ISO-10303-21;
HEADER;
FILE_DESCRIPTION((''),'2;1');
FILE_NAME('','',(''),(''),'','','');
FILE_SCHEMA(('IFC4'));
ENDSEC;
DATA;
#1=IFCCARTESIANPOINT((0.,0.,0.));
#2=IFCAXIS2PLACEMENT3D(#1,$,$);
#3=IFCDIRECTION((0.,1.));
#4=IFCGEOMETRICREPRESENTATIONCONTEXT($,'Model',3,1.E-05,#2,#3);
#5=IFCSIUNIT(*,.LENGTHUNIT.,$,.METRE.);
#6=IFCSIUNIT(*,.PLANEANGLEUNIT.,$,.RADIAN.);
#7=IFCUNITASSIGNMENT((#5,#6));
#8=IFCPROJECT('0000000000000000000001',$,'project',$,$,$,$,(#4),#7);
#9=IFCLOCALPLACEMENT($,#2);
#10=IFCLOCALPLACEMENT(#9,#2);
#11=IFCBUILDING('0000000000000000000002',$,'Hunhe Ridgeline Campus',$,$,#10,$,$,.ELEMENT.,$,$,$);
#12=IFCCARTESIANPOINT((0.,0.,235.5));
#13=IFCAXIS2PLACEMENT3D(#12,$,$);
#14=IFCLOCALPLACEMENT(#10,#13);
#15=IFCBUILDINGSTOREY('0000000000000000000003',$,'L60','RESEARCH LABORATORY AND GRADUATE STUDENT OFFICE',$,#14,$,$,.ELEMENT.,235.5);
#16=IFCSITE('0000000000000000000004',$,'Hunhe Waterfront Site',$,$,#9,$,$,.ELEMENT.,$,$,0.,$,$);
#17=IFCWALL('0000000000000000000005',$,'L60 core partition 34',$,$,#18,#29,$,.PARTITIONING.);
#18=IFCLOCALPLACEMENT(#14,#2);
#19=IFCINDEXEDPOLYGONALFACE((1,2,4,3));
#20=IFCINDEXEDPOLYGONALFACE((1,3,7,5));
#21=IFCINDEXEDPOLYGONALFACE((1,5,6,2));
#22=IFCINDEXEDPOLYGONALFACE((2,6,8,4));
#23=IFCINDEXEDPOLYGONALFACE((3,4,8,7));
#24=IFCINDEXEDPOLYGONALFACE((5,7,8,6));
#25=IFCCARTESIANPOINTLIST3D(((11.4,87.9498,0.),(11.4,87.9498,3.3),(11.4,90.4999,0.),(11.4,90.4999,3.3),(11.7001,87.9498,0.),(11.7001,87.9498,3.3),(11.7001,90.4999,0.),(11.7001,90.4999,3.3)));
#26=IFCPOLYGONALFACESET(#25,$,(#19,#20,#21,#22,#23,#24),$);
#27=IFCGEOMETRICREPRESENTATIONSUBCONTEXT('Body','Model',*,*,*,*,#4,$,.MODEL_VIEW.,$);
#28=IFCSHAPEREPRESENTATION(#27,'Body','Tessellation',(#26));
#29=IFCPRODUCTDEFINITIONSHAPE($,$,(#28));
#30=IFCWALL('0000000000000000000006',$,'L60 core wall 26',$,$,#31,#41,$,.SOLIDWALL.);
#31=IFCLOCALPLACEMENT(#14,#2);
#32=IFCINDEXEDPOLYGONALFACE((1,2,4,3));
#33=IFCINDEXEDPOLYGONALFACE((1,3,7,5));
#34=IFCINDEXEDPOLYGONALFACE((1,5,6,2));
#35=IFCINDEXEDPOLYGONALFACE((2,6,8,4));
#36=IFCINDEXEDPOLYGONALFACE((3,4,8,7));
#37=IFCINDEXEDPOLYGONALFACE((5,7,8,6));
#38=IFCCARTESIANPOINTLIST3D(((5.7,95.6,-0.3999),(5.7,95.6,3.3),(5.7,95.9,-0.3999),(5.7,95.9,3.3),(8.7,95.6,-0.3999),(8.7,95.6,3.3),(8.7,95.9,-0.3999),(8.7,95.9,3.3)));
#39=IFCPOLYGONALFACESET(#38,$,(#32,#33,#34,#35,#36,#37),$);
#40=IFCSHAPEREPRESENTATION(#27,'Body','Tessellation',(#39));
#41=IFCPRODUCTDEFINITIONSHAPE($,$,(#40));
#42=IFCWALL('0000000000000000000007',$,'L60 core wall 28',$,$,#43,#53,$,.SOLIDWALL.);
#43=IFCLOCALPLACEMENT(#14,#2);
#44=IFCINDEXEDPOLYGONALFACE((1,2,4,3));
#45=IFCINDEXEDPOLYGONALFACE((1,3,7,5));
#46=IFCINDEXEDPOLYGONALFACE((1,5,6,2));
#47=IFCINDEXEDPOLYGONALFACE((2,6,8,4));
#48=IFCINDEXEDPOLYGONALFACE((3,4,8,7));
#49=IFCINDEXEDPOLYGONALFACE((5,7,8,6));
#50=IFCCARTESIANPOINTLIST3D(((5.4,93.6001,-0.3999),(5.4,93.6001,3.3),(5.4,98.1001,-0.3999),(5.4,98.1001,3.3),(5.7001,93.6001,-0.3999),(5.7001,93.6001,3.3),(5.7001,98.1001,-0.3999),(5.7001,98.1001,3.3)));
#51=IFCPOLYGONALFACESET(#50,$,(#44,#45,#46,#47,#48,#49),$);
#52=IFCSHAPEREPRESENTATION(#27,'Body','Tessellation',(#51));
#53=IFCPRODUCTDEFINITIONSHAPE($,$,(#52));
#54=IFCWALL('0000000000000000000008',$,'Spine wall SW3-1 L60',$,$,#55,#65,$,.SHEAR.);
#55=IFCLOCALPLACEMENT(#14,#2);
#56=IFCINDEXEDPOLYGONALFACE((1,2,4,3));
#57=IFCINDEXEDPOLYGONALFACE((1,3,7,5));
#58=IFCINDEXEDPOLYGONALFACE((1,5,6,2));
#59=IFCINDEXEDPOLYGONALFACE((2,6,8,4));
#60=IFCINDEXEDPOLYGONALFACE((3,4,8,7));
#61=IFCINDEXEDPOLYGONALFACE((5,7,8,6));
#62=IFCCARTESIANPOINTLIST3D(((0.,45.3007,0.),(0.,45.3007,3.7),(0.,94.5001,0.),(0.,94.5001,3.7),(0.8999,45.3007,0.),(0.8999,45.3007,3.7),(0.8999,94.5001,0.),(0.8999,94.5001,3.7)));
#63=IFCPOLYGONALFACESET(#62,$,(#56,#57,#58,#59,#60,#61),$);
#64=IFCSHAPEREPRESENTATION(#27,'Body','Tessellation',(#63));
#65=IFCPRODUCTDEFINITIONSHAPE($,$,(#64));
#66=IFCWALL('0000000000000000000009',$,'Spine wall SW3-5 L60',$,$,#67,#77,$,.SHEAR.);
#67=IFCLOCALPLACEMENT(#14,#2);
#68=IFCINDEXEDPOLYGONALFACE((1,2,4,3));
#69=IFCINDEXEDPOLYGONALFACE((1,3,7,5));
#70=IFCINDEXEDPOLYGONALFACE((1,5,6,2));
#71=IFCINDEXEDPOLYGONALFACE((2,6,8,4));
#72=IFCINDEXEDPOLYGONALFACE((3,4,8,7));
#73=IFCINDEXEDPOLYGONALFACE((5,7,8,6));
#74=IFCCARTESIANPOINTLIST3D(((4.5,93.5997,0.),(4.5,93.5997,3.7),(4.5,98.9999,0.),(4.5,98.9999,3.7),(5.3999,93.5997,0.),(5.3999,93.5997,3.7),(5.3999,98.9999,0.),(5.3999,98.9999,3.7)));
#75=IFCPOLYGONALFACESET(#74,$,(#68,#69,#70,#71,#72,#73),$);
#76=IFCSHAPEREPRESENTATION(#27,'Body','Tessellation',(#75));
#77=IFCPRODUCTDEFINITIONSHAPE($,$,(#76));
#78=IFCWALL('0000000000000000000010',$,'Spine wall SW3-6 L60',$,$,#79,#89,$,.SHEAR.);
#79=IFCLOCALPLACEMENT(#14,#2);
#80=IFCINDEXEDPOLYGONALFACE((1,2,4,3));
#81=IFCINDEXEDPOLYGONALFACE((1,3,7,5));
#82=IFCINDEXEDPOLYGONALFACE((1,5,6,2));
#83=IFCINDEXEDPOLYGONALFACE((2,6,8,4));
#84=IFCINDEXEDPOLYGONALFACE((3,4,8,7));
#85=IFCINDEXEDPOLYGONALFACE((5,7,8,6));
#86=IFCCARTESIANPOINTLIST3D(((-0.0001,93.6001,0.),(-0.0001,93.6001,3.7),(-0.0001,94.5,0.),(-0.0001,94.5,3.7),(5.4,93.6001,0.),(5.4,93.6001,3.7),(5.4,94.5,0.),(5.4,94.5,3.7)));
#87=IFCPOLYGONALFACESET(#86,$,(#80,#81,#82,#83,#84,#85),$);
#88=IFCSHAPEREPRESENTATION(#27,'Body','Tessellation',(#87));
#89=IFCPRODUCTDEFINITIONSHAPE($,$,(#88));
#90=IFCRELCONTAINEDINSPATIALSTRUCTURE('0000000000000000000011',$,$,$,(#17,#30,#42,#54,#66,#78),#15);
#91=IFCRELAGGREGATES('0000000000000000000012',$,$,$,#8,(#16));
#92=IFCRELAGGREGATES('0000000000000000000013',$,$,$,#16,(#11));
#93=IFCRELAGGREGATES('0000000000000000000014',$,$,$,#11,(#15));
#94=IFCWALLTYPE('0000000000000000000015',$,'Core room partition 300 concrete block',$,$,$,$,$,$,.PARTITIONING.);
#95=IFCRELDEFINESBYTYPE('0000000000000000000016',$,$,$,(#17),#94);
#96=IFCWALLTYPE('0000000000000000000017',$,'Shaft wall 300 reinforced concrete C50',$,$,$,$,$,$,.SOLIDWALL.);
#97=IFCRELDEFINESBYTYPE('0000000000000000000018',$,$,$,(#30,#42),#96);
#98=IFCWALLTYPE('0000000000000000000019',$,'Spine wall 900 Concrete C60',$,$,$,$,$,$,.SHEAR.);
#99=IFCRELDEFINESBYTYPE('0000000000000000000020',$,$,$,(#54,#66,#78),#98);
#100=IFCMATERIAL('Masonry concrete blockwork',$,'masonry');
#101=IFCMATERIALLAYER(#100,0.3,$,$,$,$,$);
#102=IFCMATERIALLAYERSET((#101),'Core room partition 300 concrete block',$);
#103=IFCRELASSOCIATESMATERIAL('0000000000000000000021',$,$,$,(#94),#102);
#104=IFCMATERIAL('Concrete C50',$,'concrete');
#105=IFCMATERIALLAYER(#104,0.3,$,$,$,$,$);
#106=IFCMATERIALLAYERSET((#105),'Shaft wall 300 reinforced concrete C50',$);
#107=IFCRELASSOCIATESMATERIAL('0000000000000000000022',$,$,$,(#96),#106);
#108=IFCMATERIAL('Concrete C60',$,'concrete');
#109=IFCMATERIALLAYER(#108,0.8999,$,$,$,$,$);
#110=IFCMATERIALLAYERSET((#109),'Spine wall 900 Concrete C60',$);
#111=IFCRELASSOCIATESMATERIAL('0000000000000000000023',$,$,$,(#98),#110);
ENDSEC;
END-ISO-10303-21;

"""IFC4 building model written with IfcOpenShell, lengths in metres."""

from ifc_helpers import new_model, si_unit, direction, frame, frame_2d, origin, place, context, subcontext, project, spatial, rectangle, extrude, material, layer, layer_set, type_object, element, save


model = new_model("IFC4")

# Units and contexts
model_context = context("Model", 3, precision=1e-05, world=origin(), true_north=direction((0.0, 1.0)))
body_context = subcontext(model_context, "Body", "Model", "MODEL_VIEW")
ifc_project = project(units=[si_unit("LENGTHUNIT", "METRE"), si_unit("PLANEANGLEUNIT", "RADIAN")], contexts=[model_context])

# Site, building, storey
site_placement = place(None, origin())
site = spatial("IfcSite", under=ifc_project, at=site_placement, Name="Hunhe Waterfront Site", CompositionType="ELEMENT", RefElevation=0.0)
building_placement = place(site_placement, origin())
building = spatial("IfcBuilding", under=site, at=building_placement, Name="Hunhe Ridgeline Campus", CompositionType="ELEMENT")
storey_placement = place(building_placement, frame((0.0, 0.0, 235.5)))
storey = spatial("IfcBuildingStorey", under=building, at=storey_placement, Name="L60", Description="RESEARCH LABORATORY AND GRADUATE STUDENT OFFICE", CompositionType="ELEMENT", Elevation=235.5)

# Wall
ifc_material_1 = material(Name="Masonry concrete blockwork", Category="masonry")
ifc_layer_1 = layer(ifc_material_1, 0.3)
ifc_layer_set_1 = layer_set([ifc_layer_1], Name="Core room partition 300 concrete block")
wall_type_1 = type_object("IfcWallType", Name="Core room partition 300 concrete block", PredefinedType="PARTITIONING", material=ifc_layer_set_1)
wall_1_placement = place(storey_placement, frame((11.55, 87.95, 0.0), z_axis=(0.0, 0.0, 1.0), x_axis=(0.0, 1.0, 0.0)))
element("IfcWall", 1, at=wall_1_placement, inside=storey, type_object=wall_type_1, Name="L60 core partition 34", PredefinedType="PARTITIONING", context=body_context, shape_type="SweptSolid", body=[
    extrude(rectangle(XDim=2.55, YDim=0.3, at=frame_2d((1.2749, 0.0))), origin(), (0.0, 0.0, 1.0), 3.3),
])

# Shared definitions
ifc_material_2 = material(Name="Concrete C50", Category="concrete")
ifc_layer_2 = layer(ifc_material_2, 0.3)
ifc_layer_set_2 = layer_set([ifc_layer_2], Name="Shaft wall 300 reinforced concrete C50")
wall_type_2 = type_object("IfcWallType", Name="Shaft wall 300 reinforced concrete C50", PredefinedType="SOLIDWALL", material=ifc_layer_set_2)

# Walls
wall_2_placement = place(storey_placement, frame((5.7, 95.75, -0.3999), z_axis=(0.0, 0.0, 1.0), x_axis=(1.0, 0.0, 0.0)))
element("IfcWall", 2, at=wall_2_placement, inside=storey, type_object=wall_type_2, Name="L60 core wall 26", PredefinedType="SOLIDWALL", context=body_context, shape_type="SweptSolid", body=[
    extrude(rectangle(XDim=3.0, YDim=0.3, at=frame_2d((1.5, 0.0))), origin(), (0.0, 0.0, 1.0), 3.7),
])
wall_3_placement = place(storey_placement, frame((5.55, 93.6001, -0.3999), z_axis=(0.0, 0.0, 1.0), x_axis=(0.0, 1.0, 0.0)))
element("IfcWall", 3, at=wall_3_placement, inside=storey, type_object=wall_type_2, Name="L60 core wall 28", PredefinedType="SOLIDWALL", context=body_context, shape_type="SweptSolid", body=[
    extrude(rectangle(XDim=4.5, YDim=0.3, at=frame_2d((2.25, 0.0))), origin(), (0.0, 0.0, 1.0), 3.7),
])

# Walls
ifc_material_3 = material(Name="Concrete C60", Category="concrete")
ifc_layer_3 = layer(ifc_material_3, 0.8999)
ifc_layer_set_3 = layer_set([ifc_layer_3], Name="Spine wall 900 Concrete C60")
wall_type_3 = type_object("IfcWallType", Name="Spine wall 900 Concrete C60", PredefinedType="SHEAR", material=ifc_layer_set_3)
wall_4_placement = place(storey_placement, frame((0.45, 94.5, 0.0), z_axis=(0.0, 0.0, 1.0), x_axis=(0.0, -1.0, 0.0)))
element("IfcWall", 4, at=wall_4_placement, inside=storey, type_object=wall_type_3, Name="Spine wall SW3-1 L60", PredefinedType="SHEAR", context=body_context, shape_type="SweptSolid", body=[
    extrude(rectangle(XDim=49.1995, YDim=0.8999, at=frame_2d((24.5996, 0.0))), origin(), (0.0, 0.0, 1.0), 3.7),
])
for number, where, z_axis, x_axis, name in (
    (5, (4.95, 99.0, 0.0), (0.0, 0.0, 1.0), (0.0, -1.0, 0.0), "Spine wall SW3-5 L60"),
    (6, (5.4001, 94.05, 0.0), (0.0, 0.0, 1.0), (-1.0, 0.0, 0.0), "Spine wall SW3-6 L60"),
):
    element("IfcWall", number, at=place(storey_placement, frame(where, z_axis=z_axis, x_axis=x_axis)), inside=storey, type_object=wall_type_3, Name=name, PredefinedType="SHEAR", context=body_context, shape_type="SweptSolid", body=[
        extrude(rectangle(XDim=5.4001, YDim=0.8999, at=frame_2d((2.7002, 0.0))), origin(), (0.0, 0.0, 1.0), 3.7),
    ])

save(model, "model.ifc")
